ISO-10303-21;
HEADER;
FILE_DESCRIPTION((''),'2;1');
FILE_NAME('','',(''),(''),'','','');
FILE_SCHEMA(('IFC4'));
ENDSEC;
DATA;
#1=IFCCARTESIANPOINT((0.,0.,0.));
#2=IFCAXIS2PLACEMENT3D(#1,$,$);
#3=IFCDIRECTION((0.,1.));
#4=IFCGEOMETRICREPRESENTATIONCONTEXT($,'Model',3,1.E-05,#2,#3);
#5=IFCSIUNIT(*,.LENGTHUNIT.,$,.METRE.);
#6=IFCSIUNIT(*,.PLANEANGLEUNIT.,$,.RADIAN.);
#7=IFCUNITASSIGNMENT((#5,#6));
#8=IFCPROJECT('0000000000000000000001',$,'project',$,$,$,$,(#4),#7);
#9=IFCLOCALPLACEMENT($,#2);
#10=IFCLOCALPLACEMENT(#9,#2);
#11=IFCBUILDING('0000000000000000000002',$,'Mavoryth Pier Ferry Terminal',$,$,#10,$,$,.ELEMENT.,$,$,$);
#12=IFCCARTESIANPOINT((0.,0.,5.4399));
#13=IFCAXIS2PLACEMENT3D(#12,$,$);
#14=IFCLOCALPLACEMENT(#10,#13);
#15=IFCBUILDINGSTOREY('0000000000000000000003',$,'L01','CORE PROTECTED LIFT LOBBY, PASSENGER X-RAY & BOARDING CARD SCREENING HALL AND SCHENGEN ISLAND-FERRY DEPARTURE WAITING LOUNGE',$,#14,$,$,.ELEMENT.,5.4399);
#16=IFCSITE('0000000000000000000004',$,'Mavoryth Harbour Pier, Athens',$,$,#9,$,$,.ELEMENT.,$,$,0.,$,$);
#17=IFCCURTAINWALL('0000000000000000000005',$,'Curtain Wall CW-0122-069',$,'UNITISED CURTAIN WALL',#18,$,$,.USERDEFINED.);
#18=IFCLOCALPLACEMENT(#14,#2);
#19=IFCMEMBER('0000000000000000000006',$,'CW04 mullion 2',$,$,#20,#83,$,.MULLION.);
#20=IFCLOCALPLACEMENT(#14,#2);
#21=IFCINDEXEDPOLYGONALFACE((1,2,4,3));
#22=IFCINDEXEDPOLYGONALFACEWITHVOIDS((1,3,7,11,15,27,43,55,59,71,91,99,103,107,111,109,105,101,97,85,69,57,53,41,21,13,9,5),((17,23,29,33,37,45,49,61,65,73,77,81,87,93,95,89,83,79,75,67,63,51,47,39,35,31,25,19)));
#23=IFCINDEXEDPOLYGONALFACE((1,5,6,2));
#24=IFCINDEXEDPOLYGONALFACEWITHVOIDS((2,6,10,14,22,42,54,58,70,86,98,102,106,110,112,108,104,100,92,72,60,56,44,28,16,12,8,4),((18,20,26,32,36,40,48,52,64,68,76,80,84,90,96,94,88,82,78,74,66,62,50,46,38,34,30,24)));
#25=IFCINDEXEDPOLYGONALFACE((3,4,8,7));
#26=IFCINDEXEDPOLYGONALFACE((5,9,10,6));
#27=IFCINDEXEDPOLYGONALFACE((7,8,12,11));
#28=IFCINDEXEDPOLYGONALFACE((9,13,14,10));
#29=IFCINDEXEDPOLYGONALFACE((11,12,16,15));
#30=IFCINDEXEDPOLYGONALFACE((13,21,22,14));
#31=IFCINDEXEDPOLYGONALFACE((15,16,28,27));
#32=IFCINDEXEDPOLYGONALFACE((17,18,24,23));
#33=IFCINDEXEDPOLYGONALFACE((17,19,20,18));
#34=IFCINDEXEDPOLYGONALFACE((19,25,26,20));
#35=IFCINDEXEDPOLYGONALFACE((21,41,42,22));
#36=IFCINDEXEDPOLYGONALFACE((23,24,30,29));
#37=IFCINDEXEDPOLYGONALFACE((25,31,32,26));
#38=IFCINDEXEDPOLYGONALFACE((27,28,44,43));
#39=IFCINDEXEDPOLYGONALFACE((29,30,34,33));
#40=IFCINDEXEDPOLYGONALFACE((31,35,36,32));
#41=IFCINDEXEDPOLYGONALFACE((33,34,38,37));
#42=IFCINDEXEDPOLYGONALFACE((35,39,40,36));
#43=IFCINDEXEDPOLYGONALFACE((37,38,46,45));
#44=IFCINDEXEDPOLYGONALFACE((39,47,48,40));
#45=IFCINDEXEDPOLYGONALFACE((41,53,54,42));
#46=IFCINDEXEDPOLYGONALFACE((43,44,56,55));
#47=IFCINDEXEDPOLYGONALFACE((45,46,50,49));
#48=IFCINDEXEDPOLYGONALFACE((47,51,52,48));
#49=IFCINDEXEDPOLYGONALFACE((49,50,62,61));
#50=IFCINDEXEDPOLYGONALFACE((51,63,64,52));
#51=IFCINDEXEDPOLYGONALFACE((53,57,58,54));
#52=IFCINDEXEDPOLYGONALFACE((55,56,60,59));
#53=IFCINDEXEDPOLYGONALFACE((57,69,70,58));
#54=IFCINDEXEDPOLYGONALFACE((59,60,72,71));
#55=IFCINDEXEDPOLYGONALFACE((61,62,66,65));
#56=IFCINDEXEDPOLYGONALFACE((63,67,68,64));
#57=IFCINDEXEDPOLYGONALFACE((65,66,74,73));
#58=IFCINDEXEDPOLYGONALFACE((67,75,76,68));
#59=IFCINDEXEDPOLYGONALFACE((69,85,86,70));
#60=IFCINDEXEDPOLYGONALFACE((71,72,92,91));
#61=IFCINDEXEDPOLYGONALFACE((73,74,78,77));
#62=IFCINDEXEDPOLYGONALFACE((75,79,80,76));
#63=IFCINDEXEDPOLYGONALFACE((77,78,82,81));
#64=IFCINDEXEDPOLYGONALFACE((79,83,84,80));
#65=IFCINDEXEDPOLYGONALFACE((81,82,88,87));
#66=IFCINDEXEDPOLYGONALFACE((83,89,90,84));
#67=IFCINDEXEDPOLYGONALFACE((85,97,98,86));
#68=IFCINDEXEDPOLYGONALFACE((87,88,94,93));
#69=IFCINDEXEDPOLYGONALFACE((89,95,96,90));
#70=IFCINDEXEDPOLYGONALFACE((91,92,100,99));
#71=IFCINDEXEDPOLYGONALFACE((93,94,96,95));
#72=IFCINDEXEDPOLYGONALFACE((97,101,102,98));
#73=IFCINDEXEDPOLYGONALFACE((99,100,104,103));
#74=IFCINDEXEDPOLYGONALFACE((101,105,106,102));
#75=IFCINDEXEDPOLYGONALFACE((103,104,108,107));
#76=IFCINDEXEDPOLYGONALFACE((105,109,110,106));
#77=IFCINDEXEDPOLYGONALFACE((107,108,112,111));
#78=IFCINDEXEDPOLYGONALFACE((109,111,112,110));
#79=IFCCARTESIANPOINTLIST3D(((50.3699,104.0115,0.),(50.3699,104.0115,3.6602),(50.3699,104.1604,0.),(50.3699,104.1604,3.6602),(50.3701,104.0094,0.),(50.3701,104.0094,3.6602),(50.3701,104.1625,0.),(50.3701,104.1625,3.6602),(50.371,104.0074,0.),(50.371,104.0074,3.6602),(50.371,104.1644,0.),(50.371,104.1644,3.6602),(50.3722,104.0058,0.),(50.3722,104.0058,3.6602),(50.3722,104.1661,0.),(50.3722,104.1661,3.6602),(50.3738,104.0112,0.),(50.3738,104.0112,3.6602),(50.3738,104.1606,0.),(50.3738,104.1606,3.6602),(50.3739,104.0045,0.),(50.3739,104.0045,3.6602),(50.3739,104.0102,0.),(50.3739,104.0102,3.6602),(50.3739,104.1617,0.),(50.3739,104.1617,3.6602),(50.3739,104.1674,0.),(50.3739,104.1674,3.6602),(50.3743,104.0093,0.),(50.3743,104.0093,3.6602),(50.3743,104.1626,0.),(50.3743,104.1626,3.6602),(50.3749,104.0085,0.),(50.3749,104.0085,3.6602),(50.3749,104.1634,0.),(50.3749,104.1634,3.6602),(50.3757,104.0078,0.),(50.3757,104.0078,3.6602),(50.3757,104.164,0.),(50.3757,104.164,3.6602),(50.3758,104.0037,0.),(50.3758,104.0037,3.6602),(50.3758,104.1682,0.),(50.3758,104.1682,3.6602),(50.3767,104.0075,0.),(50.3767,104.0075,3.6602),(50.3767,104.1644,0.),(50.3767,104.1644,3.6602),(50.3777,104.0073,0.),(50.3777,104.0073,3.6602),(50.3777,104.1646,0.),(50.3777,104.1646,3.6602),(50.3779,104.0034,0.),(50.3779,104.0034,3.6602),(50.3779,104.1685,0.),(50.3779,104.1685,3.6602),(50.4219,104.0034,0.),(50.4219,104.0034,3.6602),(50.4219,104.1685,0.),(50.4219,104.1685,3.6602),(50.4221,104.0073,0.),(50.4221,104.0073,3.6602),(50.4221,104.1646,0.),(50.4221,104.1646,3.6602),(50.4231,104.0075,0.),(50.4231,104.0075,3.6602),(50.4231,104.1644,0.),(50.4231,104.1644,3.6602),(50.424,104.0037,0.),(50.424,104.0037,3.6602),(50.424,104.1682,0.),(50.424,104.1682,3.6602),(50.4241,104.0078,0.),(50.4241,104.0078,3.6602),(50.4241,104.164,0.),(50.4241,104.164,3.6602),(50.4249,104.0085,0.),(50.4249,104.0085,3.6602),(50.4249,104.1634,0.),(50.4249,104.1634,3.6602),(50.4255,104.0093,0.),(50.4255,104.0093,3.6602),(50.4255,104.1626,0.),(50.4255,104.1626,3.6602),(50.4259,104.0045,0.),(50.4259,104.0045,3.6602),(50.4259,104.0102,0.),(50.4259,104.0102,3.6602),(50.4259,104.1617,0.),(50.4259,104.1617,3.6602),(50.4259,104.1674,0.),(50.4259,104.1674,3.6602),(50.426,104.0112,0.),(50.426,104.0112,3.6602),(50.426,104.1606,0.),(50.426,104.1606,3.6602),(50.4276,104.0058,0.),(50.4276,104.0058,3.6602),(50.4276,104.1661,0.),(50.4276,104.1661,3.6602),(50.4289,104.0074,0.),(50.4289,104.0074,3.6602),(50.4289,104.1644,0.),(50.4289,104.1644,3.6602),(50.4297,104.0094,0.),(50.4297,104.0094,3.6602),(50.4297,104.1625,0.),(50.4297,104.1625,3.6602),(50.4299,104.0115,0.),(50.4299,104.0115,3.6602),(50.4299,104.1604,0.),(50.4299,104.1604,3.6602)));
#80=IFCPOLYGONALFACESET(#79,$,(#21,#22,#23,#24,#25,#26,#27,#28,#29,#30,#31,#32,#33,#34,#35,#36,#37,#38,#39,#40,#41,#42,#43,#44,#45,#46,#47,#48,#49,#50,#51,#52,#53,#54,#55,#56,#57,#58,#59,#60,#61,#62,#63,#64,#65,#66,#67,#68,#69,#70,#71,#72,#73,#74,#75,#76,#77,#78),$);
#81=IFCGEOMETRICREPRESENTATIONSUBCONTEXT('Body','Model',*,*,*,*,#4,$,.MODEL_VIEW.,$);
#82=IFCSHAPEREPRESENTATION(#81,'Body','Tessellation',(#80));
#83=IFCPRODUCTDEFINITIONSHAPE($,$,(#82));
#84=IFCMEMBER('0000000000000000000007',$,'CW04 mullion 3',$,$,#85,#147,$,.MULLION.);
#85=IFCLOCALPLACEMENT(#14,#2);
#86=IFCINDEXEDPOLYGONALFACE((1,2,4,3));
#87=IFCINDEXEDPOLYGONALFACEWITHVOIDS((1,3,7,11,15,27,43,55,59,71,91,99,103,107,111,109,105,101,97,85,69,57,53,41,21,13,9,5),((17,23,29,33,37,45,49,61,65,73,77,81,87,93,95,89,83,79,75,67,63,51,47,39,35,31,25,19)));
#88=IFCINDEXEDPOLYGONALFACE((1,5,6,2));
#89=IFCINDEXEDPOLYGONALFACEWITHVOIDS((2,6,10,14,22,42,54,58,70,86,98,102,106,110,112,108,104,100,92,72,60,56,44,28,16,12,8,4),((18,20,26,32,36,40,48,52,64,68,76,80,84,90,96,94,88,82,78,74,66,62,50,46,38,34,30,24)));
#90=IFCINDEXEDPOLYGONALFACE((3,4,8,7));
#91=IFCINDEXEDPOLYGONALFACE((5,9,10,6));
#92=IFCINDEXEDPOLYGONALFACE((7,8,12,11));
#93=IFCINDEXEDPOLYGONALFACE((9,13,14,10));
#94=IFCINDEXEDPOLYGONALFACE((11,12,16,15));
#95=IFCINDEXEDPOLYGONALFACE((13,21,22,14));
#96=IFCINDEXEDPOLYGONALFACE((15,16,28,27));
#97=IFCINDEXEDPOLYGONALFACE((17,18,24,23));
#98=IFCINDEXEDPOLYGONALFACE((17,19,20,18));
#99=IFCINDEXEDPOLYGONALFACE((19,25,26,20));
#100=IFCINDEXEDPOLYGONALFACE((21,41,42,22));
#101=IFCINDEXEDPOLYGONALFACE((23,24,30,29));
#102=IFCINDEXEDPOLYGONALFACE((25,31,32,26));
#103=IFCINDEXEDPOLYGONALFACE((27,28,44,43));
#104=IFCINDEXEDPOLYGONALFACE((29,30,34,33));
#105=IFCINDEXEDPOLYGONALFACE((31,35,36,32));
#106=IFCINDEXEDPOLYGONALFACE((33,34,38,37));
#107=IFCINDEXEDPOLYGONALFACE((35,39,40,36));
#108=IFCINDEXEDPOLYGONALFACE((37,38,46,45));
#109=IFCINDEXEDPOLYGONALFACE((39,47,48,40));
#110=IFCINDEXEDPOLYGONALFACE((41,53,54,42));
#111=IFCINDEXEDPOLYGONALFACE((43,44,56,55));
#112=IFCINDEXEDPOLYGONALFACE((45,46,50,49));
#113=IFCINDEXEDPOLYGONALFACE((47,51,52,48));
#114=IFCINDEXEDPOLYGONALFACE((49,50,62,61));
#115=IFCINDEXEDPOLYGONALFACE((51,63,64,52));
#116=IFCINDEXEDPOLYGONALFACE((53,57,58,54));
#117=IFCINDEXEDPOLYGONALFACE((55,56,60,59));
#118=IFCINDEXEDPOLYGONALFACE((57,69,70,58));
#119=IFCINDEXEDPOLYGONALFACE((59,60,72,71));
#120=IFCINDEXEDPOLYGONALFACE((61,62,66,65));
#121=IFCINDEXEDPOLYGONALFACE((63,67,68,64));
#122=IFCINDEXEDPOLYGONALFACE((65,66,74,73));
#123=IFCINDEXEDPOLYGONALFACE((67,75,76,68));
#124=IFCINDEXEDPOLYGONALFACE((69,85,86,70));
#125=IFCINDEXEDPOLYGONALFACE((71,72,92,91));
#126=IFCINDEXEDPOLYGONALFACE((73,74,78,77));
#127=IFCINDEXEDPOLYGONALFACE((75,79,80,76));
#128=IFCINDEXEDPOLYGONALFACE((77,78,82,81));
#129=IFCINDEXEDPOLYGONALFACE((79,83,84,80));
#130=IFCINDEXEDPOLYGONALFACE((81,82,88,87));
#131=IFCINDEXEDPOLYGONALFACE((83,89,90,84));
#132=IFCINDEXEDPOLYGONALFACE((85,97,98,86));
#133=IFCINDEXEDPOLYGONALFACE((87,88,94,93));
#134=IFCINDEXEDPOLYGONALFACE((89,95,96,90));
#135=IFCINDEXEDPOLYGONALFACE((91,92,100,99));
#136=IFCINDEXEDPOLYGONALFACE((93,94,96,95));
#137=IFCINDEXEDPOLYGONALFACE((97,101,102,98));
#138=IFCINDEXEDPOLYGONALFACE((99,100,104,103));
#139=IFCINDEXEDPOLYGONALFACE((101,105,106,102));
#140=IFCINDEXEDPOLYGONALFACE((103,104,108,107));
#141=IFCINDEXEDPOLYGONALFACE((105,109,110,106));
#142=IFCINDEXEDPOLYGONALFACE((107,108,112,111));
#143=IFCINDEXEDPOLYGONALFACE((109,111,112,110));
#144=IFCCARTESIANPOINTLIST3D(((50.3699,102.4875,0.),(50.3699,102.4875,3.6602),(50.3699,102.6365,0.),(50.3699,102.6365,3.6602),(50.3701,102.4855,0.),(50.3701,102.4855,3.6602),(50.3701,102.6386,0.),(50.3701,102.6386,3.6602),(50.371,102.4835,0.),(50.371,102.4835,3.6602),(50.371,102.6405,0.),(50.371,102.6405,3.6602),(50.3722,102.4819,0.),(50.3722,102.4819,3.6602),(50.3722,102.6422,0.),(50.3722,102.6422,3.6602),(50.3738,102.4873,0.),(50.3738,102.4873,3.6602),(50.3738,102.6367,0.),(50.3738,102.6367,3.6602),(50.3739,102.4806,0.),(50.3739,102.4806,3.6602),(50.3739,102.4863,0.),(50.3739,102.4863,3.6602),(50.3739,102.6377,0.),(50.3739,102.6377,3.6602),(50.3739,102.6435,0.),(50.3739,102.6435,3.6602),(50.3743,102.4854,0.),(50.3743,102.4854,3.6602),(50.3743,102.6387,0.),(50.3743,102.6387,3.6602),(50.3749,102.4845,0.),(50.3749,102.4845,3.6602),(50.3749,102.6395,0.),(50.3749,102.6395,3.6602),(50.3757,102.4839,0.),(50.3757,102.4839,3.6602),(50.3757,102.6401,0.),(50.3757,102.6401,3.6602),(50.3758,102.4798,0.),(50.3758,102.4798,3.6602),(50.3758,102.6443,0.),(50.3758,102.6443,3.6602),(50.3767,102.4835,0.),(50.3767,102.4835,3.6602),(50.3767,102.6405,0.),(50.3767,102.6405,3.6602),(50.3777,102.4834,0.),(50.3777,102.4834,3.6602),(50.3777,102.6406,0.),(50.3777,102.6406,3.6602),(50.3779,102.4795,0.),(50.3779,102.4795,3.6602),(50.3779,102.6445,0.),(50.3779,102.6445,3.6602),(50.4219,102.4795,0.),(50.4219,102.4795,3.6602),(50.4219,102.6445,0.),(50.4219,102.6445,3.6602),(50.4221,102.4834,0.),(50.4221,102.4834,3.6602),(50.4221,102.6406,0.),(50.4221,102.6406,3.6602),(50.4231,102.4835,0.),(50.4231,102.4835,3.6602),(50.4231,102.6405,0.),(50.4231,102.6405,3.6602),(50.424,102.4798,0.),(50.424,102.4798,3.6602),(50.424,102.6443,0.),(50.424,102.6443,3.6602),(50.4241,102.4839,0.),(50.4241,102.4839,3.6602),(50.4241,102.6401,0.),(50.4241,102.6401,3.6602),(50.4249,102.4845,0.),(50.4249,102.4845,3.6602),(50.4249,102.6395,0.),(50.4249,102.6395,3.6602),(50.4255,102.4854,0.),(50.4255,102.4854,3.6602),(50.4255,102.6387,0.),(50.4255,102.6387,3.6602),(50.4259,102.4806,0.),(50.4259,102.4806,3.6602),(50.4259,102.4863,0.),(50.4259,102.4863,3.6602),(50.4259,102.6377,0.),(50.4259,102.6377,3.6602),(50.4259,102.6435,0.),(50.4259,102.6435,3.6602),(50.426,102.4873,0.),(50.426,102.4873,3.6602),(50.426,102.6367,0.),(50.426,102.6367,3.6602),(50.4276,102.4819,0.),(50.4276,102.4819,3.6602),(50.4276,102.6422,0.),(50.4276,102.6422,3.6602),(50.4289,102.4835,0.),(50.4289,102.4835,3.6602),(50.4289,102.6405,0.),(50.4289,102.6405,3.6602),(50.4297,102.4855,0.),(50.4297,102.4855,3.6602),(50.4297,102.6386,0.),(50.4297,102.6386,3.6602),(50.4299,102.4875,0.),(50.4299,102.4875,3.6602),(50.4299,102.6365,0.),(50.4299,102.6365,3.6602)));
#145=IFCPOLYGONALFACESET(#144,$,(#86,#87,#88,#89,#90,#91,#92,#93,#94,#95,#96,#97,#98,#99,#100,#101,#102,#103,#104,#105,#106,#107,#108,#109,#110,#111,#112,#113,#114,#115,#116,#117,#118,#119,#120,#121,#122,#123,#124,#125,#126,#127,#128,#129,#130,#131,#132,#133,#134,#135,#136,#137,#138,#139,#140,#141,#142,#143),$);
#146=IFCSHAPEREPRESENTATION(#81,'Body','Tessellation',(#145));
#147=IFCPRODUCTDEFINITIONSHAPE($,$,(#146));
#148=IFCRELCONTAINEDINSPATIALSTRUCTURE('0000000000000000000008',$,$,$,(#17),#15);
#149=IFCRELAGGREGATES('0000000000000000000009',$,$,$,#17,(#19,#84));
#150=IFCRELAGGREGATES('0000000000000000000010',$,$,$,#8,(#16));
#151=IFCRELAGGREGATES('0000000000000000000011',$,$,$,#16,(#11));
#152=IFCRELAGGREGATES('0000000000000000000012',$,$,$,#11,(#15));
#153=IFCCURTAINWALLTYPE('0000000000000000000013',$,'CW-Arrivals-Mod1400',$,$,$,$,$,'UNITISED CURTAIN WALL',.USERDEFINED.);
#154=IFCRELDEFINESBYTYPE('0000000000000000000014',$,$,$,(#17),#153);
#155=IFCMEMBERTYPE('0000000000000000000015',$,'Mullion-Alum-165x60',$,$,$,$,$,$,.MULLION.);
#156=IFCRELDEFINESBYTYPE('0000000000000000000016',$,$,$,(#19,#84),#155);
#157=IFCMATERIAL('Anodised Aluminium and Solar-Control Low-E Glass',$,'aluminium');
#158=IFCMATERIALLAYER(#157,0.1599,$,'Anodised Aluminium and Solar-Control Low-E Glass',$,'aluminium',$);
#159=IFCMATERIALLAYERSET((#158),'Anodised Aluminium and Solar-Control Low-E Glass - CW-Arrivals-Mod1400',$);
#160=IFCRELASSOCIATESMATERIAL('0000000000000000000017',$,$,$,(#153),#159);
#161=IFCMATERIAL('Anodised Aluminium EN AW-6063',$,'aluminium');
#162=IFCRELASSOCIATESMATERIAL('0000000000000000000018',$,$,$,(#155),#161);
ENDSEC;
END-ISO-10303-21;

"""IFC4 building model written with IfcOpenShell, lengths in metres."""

from ifc_helpers import new_model, si_unit, direction, frame, origin, origin_2d, place, context, subcontext, project, spatial, hollow_rectangle, extrude, material, layer, layer_set, material_profile, profile_set, type_object, element, aggregate, save


model = new_model("IFC4")

# Units and contexts
model_context = context("Model", 3, precision=1e-05, world=origin(), true_north=direction((0.0, 1.0)))
body_context = subcontext(model_context, "Body", "Model", "MODEL_VIEW")
ifc_project = project(units=[si_unit("LENGTHUNIT", "METRE"), si_unit("PLANEANGLEUNIT", "RADIAN")], contexts=[model_context])

# Site, building, storey
site_placement = place(None, origin())
site = spatial("IfcSite", under=ifc_project, at=site_placement, Name="Mavoryth Harbour Pier, Athens", CompositionType="ELEMENT", RefElevation=0.0)
building_placement = place(site_placement, origin())
building = spatial("IfcBuilding", under=site, at=building_placement, Name="Mavoryth Pier Ferry Terminal", CompositionType="ELEMENT")
storey_placement = place(building_placement, frame((0.0, 0.0, 5.4399)))
storey = spatial("IfcBuildingStorey", under=building, at=storey_placement, Name="L01", Description="CORE PROTECTED LIFT LOBBY, PASSENGER X-RAY & BOARDING CARD SCREENING HALL AND SCHENGEN ISLAND-FERRY DEPARTURE WAITING LOUNGE", CompositionType="ELEMENT", Elevation=5.4399)

# Curtain wall, members
ifc_material_1 = material(Name="Anodised Aluminium and Solar-Control Low-E Glass", Category="aluminium")
ifc_layer_1 = layer(ifc_material_1, 0.1599, Name="Anodised Aluminium and Solar-Control Low-E Glass", Category="aluminium")
ifc_layer_set_1 = layer_set([ifc_layer_1], Name="Anodised Aluminium and Solar-Control Low-E Glass - CW-Arrivals-Mod1400")
curtain_wall_type = type_object("IfcCurtainWallType", Name="CW-Arrivals-Mod1400", ElementType="UNITISED CURTAIN WALL", PredefinedType="USERDEFINED", material=ifc_layer_set_1)
curtain_wall_placement = place(storey_placement, origin())
curtain_wall = element("IfcCurtainWall", 1, at=curtain_wall_placement, inside=storey, type_object=curtain_wall_type, Name="Curtain Wall CW-0122-069", ObjectType="UNITISED CURTAIN WALL", PredefinedType="USERDEFINED")
ifc_material_2 = material(Name="Anodised Aluminium EN AW-6063", Category="aluminium")
ifc_material_profile_1 = material_profile(ifc_material_2, hollow_rectangle(XDim=0.0601, YDim=0.165, WallThickness=0.0039, InnerFilletRadius=0.0039, OuterFilletRadius=0.0081, at=origin_2d()), Name="AL-MULL 165x60x4", Category="aluminium")
ifc_profile_set_1 = profile_set([ifc_material_profile_1], Name="Anodised Aluminium EN AW-6063 - AL-MULL 165x60x4")
member_type_1 = type_object("IfcMemberType", Name="Mullion-Alum-165x60", PredefinedType="MULLION", material=ifc_profile_set_1)
member_1_placement = place(storey_placement, frame((50.3999, 104.0859, 0.0), z_axis=(0.0, 0.0, 1.0), x_axis=(1.0, 0.0, 0.0)))
member_1 = element("IfcMember", 2, at=member_1_placement, type_object=member_type_1, Name="CW04 mullion 2", PredefinedType="MULLION", context=body_context, shape_type="SweptSolid", body=[
    extrude(hollow_rectangle(XDim=0.0601, YDim=0.165, WallThickness=0.0039, InnerFilletRadius=0.0039, OuterFilletRadius=0.0081, at=origin_2d()), origin(), (0.0, 0.0, 1.0), 3.6602),
])
member_2_placement = place(storey_placement, frame((50.3999, 102.562, 0.0), z_axis=(0.0, 0.0, 1.0), x_axis=(1.0, 0.0, 0.0)))
member_2 = element("IfcMember", 3, at=member_2_placement, type_object=member_type_1, Name="CW04 mullion 3", PredefinedType="MULLION", context=body_context, shape_type="SweptSolid", body=[
    extrude(hollow_rectangle(XDim=0.0601, YDim=0.165, WallThickness=0.0039, InnerFilletRadius=0.0039, OuterFilletRadius=0.0081, at=origin_2d()), origin(), (0.0, 0.0, 1.0), 3.6602),
])

aggregate(curtain_wall, [member_1, member_2])

save(model, "model.ifc")
